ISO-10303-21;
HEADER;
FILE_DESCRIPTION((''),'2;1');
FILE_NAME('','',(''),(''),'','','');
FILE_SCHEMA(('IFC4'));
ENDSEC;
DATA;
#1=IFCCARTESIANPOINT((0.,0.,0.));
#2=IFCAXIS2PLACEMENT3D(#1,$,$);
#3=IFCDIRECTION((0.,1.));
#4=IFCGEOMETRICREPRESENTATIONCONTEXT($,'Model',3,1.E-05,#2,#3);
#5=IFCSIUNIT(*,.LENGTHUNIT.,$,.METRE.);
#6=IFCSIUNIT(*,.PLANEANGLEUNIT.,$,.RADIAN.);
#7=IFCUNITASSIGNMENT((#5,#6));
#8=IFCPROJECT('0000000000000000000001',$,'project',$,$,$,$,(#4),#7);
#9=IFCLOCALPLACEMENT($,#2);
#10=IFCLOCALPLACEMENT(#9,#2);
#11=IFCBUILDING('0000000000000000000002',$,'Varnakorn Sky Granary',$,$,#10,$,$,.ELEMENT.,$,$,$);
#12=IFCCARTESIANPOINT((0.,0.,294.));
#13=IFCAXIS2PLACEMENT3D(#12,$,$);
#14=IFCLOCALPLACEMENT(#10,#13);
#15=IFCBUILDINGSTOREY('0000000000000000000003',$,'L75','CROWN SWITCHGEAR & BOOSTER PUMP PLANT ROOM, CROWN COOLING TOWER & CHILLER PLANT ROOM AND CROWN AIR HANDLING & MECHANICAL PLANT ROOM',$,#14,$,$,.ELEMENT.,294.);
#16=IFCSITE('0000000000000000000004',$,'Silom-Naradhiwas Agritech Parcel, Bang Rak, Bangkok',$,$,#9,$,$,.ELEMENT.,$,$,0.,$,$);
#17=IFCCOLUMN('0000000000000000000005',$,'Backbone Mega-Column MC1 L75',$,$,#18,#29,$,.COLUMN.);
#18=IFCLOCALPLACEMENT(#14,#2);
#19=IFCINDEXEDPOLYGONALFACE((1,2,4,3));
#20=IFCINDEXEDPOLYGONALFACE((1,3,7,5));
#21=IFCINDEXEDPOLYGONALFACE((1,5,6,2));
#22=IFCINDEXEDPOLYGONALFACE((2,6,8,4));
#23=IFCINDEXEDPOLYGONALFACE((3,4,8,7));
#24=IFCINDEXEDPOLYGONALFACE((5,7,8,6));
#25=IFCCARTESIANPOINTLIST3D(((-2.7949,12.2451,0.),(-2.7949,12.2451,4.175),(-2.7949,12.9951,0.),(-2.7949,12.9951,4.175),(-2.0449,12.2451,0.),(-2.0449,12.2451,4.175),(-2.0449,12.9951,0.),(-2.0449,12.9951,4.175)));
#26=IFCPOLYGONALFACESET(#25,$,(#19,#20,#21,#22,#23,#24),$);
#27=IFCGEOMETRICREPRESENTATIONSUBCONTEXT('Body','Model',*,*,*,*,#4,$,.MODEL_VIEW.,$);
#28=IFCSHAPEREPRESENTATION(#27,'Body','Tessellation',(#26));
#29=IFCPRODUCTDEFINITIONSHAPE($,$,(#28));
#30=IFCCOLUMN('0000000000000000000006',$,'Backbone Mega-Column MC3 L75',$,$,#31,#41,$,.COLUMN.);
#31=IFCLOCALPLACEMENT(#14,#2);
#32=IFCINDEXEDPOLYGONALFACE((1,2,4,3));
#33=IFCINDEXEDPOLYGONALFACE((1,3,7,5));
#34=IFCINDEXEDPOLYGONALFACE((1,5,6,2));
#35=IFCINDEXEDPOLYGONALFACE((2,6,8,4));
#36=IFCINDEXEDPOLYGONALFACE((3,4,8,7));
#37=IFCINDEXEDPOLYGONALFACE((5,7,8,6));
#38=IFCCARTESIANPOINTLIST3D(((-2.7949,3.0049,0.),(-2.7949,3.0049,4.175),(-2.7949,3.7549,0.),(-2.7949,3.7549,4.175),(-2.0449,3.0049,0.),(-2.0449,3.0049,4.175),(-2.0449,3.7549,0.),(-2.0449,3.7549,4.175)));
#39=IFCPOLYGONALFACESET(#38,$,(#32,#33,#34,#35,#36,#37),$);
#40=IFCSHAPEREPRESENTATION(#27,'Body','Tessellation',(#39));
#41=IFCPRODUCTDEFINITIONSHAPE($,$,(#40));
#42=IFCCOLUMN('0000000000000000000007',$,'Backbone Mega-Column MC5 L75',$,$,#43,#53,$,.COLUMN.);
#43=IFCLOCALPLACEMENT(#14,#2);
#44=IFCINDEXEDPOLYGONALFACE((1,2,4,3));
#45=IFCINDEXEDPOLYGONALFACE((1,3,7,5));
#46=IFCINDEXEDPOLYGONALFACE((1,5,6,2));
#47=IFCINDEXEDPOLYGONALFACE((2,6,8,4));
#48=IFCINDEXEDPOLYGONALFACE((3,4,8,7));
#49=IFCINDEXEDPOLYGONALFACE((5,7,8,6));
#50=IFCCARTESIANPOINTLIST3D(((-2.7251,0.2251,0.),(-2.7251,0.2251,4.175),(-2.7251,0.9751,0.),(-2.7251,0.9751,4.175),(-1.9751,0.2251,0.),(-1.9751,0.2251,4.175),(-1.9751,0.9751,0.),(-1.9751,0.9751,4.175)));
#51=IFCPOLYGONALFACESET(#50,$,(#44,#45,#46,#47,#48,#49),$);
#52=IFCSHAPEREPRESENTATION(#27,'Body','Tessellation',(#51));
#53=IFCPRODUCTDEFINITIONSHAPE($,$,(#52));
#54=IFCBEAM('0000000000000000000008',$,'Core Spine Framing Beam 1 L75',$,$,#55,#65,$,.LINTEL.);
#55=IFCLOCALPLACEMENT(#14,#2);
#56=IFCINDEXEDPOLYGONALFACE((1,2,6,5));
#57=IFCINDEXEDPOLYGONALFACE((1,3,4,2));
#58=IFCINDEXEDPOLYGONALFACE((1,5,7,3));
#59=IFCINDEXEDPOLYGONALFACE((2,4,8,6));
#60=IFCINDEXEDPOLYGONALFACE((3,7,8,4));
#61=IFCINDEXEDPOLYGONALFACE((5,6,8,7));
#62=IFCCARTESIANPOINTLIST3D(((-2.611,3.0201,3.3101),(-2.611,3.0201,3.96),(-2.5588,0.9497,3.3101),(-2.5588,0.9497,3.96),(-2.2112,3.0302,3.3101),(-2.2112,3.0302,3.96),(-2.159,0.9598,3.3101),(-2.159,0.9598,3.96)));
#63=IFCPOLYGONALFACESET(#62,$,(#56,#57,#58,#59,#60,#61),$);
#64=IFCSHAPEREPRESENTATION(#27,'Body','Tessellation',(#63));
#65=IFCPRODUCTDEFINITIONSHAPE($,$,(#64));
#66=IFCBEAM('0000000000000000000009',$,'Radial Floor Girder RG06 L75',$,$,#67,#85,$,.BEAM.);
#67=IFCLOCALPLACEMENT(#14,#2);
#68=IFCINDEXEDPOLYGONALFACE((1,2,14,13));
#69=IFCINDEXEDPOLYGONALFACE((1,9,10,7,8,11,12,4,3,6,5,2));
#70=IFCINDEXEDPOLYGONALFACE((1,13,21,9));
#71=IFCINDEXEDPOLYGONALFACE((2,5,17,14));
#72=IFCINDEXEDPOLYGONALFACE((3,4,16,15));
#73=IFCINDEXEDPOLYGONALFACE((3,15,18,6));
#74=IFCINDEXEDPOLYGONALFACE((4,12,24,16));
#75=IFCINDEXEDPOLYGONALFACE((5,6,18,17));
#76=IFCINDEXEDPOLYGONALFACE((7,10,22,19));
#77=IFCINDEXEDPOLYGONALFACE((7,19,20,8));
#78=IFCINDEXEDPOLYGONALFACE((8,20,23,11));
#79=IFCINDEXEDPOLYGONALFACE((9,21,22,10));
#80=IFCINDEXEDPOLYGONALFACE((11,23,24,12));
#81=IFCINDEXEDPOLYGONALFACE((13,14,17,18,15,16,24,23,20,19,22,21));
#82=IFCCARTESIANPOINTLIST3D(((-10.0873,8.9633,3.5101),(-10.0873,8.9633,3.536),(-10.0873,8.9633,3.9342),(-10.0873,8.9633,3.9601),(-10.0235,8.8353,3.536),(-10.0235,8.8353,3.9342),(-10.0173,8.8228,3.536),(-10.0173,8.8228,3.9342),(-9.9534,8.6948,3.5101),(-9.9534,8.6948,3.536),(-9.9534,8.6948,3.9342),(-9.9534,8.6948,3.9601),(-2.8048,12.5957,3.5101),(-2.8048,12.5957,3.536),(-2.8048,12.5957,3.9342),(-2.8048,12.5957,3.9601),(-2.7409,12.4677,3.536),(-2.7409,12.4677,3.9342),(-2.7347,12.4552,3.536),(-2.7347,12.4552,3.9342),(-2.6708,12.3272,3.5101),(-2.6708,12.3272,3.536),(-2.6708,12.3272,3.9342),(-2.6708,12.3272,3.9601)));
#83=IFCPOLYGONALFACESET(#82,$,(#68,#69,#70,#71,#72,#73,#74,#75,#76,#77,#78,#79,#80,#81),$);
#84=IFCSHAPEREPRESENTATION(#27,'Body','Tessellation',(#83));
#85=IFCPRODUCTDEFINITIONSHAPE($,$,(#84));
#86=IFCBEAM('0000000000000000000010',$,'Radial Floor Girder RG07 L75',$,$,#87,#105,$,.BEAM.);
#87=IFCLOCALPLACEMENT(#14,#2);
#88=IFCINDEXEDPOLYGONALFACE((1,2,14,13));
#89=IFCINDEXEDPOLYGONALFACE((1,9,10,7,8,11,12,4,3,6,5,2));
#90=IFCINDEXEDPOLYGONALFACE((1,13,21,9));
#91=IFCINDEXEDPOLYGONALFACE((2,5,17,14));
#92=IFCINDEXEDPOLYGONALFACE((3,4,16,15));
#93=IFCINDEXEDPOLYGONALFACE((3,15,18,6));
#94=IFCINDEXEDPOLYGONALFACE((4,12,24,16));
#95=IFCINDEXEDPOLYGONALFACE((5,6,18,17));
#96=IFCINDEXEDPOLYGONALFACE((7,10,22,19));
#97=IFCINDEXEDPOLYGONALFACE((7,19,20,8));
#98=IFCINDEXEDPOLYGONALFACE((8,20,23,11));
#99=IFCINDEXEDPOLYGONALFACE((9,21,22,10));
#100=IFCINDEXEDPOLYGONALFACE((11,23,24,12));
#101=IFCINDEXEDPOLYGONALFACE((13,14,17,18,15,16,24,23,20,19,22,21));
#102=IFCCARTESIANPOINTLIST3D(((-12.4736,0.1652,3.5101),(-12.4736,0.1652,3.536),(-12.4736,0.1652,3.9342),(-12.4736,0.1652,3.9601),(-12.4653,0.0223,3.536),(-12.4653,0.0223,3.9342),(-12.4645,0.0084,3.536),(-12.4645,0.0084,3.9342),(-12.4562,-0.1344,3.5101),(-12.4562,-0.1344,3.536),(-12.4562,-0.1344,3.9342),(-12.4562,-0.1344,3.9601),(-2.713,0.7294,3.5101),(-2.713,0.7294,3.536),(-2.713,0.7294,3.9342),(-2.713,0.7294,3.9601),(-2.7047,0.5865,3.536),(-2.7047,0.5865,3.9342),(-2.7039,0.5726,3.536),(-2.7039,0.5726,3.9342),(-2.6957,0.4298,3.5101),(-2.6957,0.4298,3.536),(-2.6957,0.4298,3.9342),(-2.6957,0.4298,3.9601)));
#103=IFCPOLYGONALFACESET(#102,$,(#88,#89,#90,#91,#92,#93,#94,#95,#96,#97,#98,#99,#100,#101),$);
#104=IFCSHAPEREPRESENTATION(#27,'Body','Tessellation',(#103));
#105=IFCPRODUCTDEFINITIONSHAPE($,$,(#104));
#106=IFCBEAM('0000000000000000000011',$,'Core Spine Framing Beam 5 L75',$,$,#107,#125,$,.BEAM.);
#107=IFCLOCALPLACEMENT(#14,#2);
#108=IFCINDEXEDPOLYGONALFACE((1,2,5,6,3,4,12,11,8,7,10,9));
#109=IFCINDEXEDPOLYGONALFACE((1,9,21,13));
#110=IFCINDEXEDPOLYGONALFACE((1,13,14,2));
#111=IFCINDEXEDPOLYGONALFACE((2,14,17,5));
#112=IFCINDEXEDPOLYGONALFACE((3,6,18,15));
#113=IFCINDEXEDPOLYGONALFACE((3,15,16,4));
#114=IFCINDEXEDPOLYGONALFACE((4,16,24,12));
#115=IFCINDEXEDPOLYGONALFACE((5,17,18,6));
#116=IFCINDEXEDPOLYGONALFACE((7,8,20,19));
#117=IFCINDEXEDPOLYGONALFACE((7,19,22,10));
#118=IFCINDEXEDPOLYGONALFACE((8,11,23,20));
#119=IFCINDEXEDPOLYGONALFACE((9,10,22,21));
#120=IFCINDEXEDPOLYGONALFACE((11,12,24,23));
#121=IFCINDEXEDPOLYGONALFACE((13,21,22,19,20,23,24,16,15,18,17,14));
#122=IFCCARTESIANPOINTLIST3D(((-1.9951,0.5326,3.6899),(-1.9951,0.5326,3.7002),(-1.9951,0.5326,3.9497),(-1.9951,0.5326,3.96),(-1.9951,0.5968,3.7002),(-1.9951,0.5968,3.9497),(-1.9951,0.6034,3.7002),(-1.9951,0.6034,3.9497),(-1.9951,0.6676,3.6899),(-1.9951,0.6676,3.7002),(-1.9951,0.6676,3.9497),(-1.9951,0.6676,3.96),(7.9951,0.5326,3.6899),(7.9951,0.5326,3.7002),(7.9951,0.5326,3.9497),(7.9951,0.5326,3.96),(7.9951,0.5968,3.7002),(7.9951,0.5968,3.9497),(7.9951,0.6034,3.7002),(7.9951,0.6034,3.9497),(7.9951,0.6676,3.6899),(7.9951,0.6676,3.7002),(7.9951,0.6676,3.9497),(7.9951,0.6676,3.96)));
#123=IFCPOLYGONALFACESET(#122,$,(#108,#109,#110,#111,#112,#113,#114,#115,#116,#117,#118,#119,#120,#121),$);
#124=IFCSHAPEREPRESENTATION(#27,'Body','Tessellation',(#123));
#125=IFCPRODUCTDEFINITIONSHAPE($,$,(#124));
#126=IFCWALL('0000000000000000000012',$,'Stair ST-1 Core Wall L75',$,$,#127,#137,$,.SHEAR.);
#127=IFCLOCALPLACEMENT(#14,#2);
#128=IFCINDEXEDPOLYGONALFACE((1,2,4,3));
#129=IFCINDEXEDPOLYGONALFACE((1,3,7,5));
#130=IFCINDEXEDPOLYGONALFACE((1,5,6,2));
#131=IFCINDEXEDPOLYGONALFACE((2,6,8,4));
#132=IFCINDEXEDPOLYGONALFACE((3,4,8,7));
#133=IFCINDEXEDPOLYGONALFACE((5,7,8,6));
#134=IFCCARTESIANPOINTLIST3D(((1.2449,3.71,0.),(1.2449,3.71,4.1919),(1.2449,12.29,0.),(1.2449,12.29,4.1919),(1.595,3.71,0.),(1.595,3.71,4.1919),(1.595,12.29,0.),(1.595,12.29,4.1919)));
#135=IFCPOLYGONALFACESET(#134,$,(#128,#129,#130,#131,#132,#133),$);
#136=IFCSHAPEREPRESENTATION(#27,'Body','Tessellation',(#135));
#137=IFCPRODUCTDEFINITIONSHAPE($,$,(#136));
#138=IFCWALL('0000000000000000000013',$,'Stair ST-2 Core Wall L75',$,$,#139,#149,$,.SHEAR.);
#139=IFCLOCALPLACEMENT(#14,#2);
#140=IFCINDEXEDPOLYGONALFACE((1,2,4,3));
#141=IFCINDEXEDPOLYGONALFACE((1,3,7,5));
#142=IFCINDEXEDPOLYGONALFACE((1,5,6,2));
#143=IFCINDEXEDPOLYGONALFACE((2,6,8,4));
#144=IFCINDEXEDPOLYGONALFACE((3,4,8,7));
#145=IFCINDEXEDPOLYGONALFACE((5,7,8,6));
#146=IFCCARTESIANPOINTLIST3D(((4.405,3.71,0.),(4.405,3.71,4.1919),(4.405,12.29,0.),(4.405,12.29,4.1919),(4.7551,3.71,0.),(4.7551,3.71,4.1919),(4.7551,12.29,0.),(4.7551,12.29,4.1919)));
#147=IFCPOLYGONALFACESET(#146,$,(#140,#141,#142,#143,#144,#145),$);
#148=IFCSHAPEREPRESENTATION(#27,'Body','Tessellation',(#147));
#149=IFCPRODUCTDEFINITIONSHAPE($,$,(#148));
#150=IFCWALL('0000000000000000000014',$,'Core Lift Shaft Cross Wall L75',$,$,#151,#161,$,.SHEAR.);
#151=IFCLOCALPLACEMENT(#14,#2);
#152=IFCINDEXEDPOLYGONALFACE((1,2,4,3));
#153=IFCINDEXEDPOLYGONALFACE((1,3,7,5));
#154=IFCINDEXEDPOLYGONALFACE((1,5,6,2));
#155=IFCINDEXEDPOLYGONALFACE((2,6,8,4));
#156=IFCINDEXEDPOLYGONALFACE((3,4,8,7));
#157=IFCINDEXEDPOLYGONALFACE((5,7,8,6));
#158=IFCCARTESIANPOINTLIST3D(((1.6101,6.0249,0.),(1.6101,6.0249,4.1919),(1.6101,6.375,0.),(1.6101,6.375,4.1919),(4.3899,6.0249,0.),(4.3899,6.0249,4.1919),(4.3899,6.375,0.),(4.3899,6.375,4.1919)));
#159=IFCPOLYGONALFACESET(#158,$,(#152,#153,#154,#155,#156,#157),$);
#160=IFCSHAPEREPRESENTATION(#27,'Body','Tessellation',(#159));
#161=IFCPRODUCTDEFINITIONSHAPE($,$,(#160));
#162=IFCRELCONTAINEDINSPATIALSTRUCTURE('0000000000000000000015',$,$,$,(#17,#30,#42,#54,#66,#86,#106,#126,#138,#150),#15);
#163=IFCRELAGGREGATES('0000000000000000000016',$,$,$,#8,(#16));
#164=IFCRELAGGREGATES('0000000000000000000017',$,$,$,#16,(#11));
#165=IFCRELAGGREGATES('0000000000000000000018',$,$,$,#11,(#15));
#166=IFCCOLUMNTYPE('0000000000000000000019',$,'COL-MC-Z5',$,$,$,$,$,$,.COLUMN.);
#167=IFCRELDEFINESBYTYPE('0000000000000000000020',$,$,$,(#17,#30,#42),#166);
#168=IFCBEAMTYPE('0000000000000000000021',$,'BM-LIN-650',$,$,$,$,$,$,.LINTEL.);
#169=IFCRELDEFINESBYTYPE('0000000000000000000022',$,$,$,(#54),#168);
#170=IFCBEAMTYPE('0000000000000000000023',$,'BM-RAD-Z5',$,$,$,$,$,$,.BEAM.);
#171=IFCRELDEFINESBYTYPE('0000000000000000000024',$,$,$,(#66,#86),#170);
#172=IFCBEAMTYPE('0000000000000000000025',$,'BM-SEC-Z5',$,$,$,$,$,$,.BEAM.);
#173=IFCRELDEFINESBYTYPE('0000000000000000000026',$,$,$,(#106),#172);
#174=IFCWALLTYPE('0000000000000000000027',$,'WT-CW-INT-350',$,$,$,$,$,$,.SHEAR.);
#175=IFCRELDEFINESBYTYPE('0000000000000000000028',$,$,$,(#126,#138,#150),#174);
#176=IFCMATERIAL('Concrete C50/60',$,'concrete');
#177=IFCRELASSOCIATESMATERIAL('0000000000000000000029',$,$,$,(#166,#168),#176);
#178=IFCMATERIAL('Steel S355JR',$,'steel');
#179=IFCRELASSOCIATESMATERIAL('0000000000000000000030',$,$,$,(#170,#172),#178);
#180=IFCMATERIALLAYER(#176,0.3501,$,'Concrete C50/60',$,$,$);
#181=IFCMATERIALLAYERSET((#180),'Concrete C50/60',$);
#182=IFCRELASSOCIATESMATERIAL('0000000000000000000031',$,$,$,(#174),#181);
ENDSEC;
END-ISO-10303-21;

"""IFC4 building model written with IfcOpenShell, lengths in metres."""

from ifc_helpers import new_model, si_unit, direction, frame, frame_2d, origin, origin_2d, place, context, subcontext, project, spatial, rectangle, i_section, extrude, material, layer, layer_set, material_profile, profile_set, type_object, element, save


model = new_model("IFC4")

# Units and contexts
model_context = context("Model", 3, precision=1e-05, world=origin(), true_north=direction((0.0, 1.0)))
body_context = subcontext(model_context, "Body", "Model", "MODEL_VIEW")
ifc_project = project(units=[si_unit("LENGTHUNIT", "METRE"), si_unit("PLANEANGLEUNIT", "RADIAN")], contexts=[model_context])

# Site, building, storey
site_placement = place(None, origin())
site = spatial("IfcSite", under=ifc_project, at=site_placement, Name="Silom-Naradhiwas Agritech Parcel, Bang Rak, Bangkok", CompositionType="ELEMENT", RefElevation=0.0)
building_placement = place(site_placement, origin())
building = spatial("IfcBuilding", under=site, at=building_placement, Name="Varnakorn Sky Granary", CompositionType="ELEMENT")
storey_placement = place(building_placement, frame((0.0, 0.0, 294.0)))
storey = spatial("IfcBuildingStorey", under=building, at=storey_placement, Name="L75", Description="CROWN SWITCHGEAR & BOOSTER PUMP PLANT ROOM, CROWN COOLING TOWER & CHILLER PLANT ROOM AND CROWN AIR HANDLING & MECHANICAL PLANT ROOM", CompositionType="ELEMENT", Elevation=294.0)

# Columns
ifc_material_1 = material(Name="Concrete C50/60", Category="concrete")
ifc_material_profile_1 = material_profile(ifc_material_1, rectangle(XDim=0.75, YDim=0.75, at=origin_2d()), Name="RC 750x750")
ifc_profile_set_1 = profile_set([ifc_material_profile_1], Name="Concrete C50/60")
column_type = type_object("IfcColumnType", Name="COL-MC-Z5", PredefinedType="COLUMN", material=ifc_profile_set_1)
for number, where, z_axis, x_axis, name in (
    (1, (-2.4199, 12.6201, 0.0), (0.0, 0.0, 1.0), (1.0, 0.0, 0.0), "Backbone Mega-Column MC1 L75"),
    (2, (-2.4199, 3.3799, 0.0), (0.0, 0.0, 1.0), (1.0, 0.0, 0.0), "Backbone Mega-Column MC3 L75"),
    (3, (-2.3501, 0.6001, 0.0), (0.0, 0.0, 1.0), (1.0, 0.0, 0.0), "Backbone Mega-Column MC5 L75"),
):
    element("IfcColumn", number, at=place(storey_placement, frame(where, z_axis=z_axis, x_axis=x_axis)), inside=storey, type_object=column_type, Name=name, PredefinedType="COLUMN", context=body_context, shape_type="SweptSolid", body=[
        extrude(rectangle(XDim=0.75, YDim=0.75, at=origin_2d()), origin(), (0.0, 0.0, 1.0), 4.175),
    ])

# Beams
ifc_material_profile_2 = material_profile(ifc_material_1, rectangle(XDim=0.3999, YDim=0.6499, at=origin_2d()), Name="RC 400x650")
ifc_profile_set_2 = profile_set([ifc_material_profile_2], Name="Concrete C50/60")
beam_type_1 = type_object("IfcBeamType", Name="BM-LIN-650", PredefinedType="LINTEL", material=ifc_profile_set_2)
beam_1_placement = place(storey_placement, frame((-2.4111, 3.0251, 3.635), z_axis=(0.025228, -0.999682, 0.0), x_axis=(0.999682, 0.025228, 0.0)))
element("IfcBeam", 4, at=beam_1_placement, inside=storey, type_object=beam_type_1, Name="Core Spine Framing Beam 1 L75", PredefinedType="LINTEL", context=body_context, shape_type="SweptSolid", body=[
    extrude(rectangle(XDim=0.3999, YDim=0.6499, at=origin_2d()), origin(), (0.0, 0.0, 1.0), 2.071),
])
ifc_material_2 = material(Name="Steel S355JR", Category="steel")
ifc_material_profile_3 = material_profile(ifc_material_2, i_section(OverallWidth=0.3, OverallDepth=0.45, WebThickness=0.0139, FlangeThickness=0.0259, at=origin_2d()), Name="HE 450 B")
ifc_profile_set_3 = profile_set([ifc_material_profile_3], Name="Steel S355JR")
beam_type_2 = type_object("IfcBeamType", Name="BM-RAD-Z5", PredefinedType="BEAM", material=ifc_profile_set_3)
beam_2_placement = place(storey_placement, frame((-2.7378, 12.4614, 3.7351), z_axis=(-0.894865, -0.446337, 0.0), x_axis=(0.446337, -0.894865, 0.0)))
element("IfcBeam", 5, at=beam_2_placement, inside=storey, type_object=beam_type_2, Name="Radial Floor Girder RG06 L75", PredefinedType="BEAM", context=body_context, shape_type="SweptSolid", body=[
    extrude(i_section(OverallWidth=0.3, OverallDepth=0.45, WebThickness=0.0139, FlangeThickness=0.0259, at=origin_2d()), origin(), (0.0, 0.0, 1.0), 8.1382),
])
beam_3_placement = place(storey_placement, frame((-2.7043, 0.5796, 3.7351), z_axis=(-0.998333, -0.057709, 0.0), x_axis=(0.057709, -0.998333, 0.0)))
element("IfcBeam", 6, at=beam_3_placement, inside=storey, type_object=beam_type_2, Name="Radial Floor Girder RG07 L75", PredefinedType="BEAM", context=body_context, shape_type="SweptSolid", body=[
    extrude(i_section(OverallWidth=0.3, OverallDepth=0.45, WebThickness=0.0139, FlangeThickness=0.0259, at=origin_2d()), origin(), (0.0, 0.0, 1.0), 9.7769),
])
ifc_material_profile_4 = material_profile(ifc_material_2, i_section(OverallWidth=0.135, OverallDepth=0.27, WebThickness=0.0066, FlangeThickness=0.0103, at=origin_2d()), Name="IPE 270")
ifc_profile_set_4 = profile_set([ifc_material_profile_4], Name="Steel S355JR")
beam_type_3 = type_object("IfcBeamType", Name="BM-SEC-Z5", PredefinedType="BEAM", material=ifc_profile_set_4)
beam_4_placement = place(storey_placement, frame((-1.9951, 0.6001, 3.825), z_axis=(1.0, 0.0, 0.0), x_axis=(0.0, 1.0, 0.0)))
element("IfcBeam", 7, at=beam_4_placement, inside=storey, type_object=beam_type_3, Name="Core Spine Framing Beam 5 L75", PredefinedType="BEAM", context=body_context, shape_type="SweptSolid", body=[
    extrude(i_section(OverallWidth=0.135, OverallDepth=0.27, WebThickness=0.0066, FlangeThickness=0.0103, at=origin_2d()), origin(), (0.0, 0.0, 1.0), 9.9902),
])

# Walls
ifc_layer_1 = layer(ifc_material_1, 0.3501, Name="Concrete C50/60")
ifc_layer_set_1 = layer_set([ifc_layer_1], Name="Concrete C50/60")
wall_type_1 = type_object("IfcWallType", Name="WT-CW-INT-350", PredefinedType="SHEAR", material=ifc_layer_set_1)
for number, where, z_axis, x_axis, name in (
    (8, (1.4199, 3.71, 0.0), (0.0, 0.0, 1.0), (0.0, 1.0, 0.0), "Stair ST-1 Core Wall L75"),
    (9, (4.5801, 3.71, 0.0), (0.0, 0.0, 1.0), (0.0, 1.0, 0.0), "Stair ST-2 Core Wall L75"),
):
    element("IfcWall", number, at=place(storey_placement, frame(where, z_axis=z_axis, x_axis=x_axis)), inside=storey, type_object=wall_type_1, Name=name, PredefinedType="SHEAR", context=body_context, shape_type="SweptSolid", body=[
        extrude(rectangle(XDim=8.5801, YDim=0.3501, at=frame_2d((4.29, 0.0))), origin(), (0.0, 0.0, 1.0), 4.1919),
    ])
wall_1_placement = place(storey_placement, frame((1.6101, 6.2, 0.0), z_axis=(0.0, 0.0, 1.0), x_axis=(1.0, 0.0, 0.0)))
element("IfcWall", 10, at=wall_1_placement, inside=storey, type_object=wall_type_1, Name="Core Lift Shaft Cross Wall L75", PredefinedType="SHEAR", context=body_context, shape_type="SweptSolid", body=[
    extrude(rectangle(XDim=2.7798, YDim=0.3501, at=frame_2d((1.3899, 0.0))), origin(), (0.0, 0.0, 1.0), 4.1919),
])

save(model, "model.ifc")
